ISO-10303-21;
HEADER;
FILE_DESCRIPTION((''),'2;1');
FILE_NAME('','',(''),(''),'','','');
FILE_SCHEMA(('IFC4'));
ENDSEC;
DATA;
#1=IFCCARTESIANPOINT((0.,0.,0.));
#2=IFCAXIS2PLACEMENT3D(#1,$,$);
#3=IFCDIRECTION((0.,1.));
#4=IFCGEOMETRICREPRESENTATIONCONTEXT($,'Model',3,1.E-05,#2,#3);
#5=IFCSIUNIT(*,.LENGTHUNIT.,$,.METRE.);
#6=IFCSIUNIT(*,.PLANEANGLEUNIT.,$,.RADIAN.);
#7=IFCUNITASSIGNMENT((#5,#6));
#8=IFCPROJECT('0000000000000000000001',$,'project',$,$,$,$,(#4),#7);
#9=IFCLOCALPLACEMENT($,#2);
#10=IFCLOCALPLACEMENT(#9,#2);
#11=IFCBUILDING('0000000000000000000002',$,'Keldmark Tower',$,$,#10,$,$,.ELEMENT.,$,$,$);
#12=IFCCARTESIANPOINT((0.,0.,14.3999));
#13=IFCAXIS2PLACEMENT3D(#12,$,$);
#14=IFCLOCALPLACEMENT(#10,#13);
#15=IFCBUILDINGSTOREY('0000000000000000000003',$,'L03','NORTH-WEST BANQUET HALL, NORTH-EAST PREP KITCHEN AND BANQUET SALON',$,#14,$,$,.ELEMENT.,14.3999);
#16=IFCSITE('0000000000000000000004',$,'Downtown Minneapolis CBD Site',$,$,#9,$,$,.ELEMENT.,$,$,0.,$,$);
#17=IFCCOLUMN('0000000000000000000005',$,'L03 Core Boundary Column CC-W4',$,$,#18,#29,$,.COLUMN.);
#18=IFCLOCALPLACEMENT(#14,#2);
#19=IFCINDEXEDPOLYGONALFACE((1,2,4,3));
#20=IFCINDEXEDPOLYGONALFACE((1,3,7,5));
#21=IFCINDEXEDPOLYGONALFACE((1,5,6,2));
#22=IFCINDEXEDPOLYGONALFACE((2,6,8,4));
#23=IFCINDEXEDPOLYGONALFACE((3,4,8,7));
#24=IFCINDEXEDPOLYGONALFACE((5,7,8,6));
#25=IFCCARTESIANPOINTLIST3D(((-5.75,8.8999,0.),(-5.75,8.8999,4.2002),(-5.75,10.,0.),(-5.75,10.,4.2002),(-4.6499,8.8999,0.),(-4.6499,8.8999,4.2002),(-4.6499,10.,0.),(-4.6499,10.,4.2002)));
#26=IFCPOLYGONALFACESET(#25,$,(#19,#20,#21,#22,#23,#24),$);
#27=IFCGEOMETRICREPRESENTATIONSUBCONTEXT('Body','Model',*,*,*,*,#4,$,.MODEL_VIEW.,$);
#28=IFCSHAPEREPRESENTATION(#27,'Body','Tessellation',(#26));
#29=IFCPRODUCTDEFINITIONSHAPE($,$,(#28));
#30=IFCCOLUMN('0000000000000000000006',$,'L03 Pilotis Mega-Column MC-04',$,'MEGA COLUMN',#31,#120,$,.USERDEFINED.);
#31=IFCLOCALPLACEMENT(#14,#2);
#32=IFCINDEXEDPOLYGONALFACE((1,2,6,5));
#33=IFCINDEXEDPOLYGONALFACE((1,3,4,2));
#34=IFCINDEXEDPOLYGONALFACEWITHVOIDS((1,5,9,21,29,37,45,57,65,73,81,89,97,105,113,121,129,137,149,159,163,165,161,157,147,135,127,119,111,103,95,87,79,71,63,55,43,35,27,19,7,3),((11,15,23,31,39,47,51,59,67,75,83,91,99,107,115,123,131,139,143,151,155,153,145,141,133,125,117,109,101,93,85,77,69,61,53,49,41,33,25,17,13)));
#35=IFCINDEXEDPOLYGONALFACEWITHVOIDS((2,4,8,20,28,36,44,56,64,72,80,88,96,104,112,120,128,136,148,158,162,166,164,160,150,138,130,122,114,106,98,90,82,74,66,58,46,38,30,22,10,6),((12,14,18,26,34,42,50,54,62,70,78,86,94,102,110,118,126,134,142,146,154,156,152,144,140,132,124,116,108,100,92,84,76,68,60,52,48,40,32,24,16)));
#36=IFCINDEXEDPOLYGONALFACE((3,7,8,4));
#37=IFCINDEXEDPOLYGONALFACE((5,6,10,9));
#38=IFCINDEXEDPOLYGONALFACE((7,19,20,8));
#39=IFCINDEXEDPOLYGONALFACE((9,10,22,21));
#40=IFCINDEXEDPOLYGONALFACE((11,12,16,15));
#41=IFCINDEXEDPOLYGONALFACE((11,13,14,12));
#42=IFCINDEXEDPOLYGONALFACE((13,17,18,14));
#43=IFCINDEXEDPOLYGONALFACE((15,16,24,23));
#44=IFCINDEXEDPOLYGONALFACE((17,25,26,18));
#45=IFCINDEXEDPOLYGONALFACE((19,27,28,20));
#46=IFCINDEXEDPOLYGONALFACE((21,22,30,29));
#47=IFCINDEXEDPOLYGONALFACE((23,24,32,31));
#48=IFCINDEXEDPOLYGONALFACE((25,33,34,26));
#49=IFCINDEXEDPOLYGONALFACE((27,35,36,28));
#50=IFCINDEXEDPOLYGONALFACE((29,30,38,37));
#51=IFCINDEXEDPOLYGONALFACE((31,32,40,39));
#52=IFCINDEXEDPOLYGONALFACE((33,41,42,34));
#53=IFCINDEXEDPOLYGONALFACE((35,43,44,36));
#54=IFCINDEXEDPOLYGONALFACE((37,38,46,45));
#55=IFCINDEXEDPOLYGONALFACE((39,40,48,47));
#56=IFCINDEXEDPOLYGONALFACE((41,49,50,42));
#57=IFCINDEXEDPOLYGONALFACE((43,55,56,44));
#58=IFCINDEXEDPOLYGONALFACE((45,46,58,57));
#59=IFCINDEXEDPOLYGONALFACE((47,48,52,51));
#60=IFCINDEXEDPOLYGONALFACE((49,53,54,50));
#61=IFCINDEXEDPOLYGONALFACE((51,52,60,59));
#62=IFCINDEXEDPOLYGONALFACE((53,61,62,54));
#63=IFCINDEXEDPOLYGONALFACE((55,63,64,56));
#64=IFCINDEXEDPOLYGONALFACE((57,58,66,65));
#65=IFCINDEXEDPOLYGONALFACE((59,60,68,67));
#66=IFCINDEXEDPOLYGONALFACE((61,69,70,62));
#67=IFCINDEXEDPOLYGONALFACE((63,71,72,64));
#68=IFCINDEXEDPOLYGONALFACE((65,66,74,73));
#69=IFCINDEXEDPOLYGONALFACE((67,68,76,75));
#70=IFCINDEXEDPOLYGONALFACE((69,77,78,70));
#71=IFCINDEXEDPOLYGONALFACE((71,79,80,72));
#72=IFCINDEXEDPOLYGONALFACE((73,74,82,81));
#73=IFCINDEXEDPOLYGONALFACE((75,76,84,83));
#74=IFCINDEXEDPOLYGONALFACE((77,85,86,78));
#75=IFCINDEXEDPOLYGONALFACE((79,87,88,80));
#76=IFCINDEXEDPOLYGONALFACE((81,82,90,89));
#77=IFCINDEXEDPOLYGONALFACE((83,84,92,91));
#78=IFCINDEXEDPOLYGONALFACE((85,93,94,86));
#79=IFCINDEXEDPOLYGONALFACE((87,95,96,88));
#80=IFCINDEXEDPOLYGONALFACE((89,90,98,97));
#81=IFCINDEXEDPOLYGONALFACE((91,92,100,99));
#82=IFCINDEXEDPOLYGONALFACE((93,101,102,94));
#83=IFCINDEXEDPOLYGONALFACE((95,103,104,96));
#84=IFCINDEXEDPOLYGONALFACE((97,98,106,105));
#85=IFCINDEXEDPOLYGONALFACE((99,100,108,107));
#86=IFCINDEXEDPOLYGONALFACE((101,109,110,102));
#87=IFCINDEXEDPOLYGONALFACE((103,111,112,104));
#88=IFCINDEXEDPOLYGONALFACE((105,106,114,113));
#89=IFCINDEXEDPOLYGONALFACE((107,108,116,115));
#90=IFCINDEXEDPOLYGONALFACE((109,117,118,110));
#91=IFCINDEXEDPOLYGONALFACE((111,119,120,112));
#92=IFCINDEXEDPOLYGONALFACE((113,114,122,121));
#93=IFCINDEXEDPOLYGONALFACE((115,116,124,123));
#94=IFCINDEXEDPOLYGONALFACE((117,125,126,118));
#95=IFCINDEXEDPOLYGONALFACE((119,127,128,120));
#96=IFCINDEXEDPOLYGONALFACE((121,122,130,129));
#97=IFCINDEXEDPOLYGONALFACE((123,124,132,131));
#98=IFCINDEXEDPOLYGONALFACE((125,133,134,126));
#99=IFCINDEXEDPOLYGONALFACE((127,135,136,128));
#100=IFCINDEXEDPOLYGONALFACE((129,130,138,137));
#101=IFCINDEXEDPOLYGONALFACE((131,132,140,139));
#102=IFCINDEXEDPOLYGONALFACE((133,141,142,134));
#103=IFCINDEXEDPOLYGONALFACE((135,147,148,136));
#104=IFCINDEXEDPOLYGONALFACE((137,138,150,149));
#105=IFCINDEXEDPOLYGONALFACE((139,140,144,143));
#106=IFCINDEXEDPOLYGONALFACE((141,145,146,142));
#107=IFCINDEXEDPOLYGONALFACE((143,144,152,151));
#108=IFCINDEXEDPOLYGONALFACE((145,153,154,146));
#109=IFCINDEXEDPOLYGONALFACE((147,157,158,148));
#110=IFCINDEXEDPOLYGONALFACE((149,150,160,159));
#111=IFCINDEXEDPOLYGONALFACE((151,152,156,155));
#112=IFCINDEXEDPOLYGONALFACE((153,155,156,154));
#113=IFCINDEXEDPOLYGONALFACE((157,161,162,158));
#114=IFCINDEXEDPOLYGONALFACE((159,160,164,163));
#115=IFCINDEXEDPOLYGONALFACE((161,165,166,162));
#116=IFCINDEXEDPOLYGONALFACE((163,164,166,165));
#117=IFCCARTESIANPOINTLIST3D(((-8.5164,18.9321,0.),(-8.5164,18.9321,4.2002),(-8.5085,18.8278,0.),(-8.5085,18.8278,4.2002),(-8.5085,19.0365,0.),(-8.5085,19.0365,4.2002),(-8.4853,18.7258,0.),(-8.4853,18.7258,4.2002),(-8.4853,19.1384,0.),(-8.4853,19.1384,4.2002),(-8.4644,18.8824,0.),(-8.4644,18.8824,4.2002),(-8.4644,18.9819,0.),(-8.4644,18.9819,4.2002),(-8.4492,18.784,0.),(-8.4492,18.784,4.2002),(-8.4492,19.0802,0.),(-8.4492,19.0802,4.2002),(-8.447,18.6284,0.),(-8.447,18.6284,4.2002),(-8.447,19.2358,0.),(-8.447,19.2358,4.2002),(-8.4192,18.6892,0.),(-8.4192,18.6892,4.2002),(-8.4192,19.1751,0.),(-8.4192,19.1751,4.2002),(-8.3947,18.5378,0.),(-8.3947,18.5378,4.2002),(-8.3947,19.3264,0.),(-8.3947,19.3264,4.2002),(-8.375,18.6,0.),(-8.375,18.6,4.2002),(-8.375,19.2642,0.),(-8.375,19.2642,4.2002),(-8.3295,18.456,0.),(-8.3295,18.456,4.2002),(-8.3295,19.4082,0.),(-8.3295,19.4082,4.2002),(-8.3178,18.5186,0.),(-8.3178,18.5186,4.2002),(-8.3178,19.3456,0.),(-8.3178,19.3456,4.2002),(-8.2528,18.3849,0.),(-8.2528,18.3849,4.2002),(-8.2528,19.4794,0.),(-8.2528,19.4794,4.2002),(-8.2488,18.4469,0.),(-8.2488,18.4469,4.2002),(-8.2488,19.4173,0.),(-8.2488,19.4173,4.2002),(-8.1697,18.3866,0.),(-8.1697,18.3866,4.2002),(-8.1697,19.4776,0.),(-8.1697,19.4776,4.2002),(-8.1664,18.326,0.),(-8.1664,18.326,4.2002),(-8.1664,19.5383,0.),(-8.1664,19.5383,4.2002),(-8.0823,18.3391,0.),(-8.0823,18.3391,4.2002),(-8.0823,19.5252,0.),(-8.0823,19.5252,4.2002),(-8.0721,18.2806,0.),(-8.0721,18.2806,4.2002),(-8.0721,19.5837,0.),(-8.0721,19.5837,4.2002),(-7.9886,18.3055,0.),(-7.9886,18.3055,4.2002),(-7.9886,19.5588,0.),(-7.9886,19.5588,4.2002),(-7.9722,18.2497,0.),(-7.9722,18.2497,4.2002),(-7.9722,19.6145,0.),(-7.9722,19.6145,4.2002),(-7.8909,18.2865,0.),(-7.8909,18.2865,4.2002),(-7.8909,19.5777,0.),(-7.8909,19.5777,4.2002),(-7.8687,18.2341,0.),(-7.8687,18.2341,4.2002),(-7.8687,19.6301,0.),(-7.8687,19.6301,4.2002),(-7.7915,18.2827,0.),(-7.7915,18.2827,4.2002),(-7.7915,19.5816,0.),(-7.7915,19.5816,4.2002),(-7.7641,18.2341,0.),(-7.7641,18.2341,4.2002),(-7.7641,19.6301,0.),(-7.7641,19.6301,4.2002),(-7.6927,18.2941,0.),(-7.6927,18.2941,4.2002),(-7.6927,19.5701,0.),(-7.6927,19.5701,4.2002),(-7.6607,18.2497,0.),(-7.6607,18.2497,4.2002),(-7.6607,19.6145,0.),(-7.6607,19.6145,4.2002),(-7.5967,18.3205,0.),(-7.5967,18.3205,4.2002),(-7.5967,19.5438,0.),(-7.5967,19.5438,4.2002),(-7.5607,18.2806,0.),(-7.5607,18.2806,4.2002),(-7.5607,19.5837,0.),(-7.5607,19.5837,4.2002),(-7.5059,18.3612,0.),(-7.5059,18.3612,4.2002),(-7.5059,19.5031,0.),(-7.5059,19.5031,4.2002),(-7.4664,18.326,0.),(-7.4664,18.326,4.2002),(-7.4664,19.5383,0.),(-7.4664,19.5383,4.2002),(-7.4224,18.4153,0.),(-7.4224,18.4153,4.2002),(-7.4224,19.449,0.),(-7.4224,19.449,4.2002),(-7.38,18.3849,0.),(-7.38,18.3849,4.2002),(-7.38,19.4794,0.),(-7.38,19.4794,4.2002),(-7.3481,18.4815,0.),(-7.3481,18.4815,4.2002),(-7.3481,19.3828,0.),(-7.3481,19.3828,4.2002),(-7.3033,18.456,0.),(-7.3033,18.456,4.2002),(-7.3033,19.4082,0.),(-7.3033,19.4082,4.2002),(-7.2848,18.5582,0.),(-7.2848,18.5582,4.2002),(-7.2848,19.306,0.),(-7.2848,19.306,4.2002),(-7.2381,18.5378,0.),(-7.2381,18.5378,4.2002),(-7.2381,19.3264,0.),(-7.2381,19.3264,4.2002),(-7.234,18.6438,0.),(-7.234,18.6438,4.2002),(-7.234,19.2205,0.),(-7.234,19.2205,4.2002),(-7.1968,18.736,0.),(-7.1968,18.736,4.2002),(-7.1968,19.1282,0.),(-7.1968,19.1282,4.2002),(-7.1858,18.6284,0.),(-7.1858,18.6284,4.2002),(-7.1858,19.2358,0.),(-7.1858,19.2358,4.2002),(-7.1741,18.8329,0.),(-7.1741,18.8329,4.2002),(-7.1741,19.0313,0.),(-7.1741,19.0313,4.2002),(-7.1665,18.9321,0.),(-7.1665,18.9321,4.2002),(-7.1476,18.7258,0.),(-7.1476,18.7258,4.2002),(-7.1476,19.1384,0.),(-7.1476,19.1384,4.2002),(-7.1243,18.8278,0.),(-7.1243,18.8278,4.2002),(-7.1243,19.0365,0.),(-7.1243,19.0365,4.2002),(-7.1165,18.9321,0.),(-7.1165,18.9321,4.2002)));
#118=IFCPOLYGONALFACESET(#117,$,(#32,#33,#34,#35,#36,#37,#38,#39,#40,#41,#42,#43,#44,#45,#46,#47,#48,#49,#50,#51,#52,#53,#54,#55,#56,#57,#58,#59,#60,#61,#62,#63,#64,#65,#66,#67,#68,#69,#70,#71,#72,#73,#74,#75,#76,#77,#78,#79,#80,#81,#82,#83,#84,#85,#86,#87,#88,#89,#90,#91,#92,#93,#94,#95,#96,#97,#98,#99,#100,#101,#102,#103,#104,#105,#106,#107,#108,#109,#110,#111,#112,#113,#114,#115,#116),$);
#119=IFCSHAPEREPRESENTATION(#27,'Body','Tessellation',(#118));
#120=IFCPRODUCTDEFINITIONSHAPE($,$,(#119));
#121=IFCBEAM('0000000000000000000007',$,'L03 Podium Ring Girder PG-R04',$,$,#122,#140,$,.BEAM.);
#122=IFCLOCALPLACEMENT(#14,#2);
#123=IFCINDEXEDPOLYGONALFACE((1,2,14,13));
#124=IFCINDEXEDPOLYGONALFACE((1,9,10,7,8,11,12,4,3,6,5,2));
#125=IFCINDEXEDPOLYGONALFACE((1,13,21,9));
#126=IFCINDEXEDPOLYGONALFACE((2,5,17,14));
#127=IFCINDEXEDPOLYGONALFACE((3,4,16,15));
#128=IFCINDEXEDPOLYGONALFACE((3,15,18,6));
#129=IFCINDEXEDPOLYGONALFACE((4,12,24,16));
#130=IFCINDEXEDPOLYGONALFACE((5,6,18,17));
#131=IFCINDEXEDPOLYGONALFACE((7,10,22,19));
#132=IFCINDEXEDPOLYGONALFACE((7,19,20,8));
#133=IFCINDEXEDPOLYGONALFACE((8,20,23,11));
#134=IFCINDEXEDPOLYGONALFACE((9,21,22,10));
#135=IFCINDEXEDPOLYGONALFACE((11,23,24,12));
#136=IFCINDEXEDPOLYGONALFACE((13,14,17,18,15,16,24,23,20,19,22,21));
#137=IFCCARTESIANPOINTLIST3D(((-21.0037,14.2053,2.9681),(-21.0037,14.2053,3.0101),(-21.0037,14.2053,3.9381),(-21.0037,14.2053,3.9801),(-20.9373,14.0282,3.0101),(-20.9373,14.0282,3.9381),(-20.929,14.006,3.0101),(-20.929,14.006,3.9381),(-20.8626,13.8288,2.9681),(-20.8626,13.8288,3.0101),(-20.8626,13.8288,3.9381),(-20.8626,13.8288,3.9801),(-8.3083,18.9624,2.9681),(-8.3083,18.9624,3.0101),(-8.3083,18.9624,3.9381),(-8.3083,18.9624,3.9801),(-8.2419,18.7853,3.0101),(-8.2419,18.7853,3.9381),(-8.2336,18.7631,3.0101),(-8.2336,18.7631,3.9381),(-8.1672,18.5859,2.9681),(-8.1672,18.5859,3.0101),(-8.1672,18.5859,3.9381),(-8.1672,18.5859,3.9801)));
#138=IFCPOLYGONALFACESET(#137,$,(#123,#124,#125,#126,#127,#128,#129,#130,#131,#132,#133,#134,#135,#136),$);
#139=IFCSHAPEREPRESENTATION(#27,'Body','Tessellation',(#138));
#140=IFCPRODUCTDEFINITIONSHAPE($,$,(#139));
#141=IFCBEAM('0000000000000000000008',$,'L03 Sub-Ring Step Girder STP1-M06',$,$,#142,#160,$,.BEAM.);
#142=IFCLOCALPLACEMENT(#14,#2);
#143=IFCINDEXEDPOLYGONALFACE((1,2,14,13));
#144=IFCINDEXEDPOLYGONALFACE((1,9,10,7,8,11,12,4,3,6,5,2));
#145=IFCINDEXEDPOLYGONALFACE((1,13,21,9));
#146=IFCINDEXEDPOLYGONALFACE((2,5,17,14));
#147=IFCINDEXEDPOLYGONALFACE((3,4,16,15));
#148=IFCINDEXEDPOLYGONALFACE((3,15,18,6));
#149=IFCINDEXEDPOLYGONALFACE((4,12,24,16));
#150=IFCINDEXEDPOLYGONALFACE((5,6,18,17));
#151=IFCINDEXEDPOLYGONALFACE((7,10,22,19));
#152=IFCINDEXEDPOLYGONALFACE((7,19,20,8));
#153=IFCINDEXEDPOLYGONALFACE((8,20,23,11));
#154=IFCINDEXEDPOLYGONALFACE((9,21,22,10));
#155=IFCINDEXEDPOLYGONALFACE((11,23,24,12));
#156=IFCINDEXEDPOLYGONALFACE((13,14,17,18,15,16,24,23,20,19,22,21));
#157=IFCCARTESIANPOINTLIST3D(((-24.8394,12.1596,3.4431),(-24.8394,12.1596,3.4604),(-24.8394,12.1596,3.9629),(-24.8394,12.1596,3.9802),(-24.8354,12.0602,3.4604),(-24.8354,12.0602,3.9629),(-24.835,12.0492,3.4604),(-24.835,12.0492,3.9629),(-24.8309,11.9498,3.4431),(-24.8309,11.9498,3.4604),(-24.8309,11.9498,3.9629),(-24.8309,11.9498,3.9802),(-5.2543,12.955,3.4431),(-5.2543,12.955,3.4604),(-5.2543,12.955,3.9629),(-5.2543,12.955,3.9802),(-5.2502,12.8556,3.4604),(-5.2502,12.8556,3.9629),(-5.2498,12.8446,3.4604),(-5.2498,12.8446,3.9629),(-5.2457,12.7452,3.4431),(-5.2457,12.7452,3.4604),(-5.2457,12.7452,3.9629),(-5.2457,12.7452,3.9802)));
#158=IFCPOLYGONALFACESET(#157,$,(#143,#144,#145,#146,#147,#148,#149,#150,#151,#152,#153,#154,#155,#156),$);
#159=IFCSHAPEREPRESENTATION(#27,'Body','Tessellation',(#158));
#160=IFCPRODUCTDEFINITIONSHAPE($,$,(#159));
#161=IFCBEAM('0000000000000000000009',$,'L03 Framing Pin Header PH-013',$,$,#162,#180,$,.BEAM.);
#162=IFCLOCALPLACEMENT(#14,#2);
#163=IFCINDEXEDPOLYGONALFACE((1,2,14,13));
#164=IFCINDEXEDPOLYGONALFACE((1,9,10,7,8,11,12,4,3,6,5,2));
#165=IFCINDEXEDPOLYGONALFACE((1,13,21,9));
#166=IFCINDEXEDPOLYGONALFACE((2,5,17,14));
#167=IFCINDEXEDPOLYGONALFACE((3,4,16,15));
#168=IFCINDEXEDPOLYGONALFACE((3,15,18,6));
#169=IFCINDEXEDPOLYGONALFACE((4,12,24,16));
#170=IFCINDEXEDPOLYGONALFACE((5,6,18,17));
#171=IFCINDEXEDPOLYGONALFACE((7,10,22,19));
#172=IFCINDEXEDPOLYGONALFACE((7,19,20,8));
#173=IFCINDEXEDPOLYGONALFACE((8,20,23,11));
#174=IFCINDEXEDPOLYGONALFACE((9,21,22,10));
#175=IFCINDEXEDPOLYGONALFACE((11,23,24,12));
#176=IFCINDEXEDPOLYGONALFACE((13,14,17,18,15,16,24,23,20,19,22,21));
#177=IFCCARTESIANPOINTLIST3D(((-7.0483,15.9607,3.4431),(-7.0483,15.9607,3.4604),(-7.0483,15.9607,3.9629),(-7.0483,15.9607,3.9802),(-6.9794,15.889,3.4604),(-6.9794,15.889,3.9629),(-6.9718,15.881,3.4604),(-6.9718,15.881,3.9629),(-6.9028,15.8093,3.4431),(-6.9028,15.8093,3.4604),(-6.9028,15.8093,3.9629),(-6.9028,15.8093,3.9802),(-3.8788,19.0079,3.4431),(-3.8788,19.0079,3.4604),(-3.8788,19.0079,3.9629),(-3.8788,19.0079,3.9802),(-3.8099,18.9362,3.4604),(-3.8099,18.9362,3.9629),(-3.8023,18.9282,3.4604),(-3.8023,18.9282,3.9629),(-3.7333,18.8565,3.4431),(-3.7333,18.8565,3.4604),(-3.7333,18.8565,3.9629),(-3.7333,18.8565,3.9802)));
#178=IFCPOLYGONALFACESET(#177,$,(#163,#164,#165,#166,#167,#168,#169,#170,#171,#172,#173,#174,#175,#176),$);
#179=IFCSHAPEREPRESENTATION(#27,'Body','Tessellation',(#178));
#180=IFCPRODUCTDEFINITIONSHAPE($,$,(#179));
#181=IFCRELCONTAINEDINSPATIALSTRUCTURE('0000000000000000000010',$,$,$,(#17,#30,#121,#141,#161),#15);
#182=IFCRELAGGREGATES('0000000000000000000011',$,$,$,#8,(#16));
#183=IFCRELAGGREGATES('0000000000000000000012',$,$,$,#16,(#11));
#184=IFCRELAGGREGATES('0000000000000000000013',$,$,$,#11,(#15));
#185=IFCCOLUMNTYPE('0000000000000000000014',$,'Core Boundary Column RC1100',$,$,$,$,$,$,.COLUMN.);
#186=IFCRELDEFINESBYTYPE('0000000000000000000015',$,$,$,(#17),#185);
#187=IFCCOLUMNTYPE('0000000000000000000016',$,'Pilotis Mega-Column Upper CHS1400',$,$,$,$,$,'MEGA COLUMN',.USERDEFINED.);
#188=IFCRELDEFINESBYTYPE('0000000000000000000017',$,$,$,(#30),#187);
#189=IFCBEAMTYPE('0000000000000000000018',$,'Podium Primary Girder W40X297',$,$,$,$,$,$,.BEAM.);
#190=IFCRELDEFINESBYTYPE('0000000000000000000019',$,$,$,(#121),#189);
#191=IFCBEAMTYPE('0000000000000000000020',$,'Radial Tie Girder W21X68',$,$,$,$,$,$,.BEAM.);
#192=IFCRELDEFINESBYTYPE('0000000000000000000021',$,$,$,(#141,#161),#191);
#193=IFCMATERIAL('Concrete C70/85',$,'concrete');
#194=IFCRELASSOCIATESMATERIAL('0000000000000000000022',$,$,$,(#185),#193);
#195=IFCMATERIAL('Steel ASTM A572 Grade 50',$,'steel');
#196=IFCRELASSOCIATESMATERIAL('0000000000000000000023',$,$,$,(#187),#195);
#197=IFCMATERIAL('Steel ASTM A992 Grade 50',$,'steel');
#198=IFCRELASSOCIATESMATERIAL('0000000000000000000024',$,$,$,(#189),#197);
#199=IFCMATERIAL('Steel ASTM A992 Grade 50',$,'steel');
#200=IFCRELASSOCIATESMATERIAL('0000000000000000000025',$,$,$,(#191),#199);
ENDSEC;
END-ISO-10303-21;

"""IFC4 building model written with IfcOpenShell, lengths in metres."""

from ifc_helpers import new_model, si_unit, direction, frame, origin, origin_2d, place, context, subcontext, project, spatial, rectangle, hollow_circle, i_section, extrude, material, material_profile, profile_set, type_object, element, save


model = new_model("IFC4")

# Units and contexts
model_context = context("Model", 3, precision=1e-05, world=origin(), true_north=direction((0.0, 1.0)))
body_context = subcontext(model_context, "Body", "Model", "MODEL_VIEW")
ifc_project = project(units=[si_unit("LENGTHUNIT", "METRE"), si_unit("PLANEANGLEUNIT", "RADIAN")], contexts=[model_context])

# Site, building, storey
site_placement = place(None, origin())
site = spatial("IfcSite", under=ifc_project, at=site_placement, Name="Downtown Minneapolis CBD Site", CompositionType="ELEMENT", RefElevation=0.0)
building_placement = place(site_placement, origin())
building = spatial("IfcBuilding", under=site, at=building_placement, Name="Keldmark Tower", CompositionType="ELEMENT")
storey_placement = place(building_placement, frame((0.0, 0.0, 14.3999)))
storey = spatial("IfcBuildingStorey", under=building, at=storey_placement, Name="L03", Description="NORTH-WEST BANQUET HALL, NORTH-EAST PREP KITCHEN AND BANQUET SALON", CompositionType="ELEMENT", Elevation=14.3999)

# Columns
ifc_material_1 = material(Name="Concrete C70/85", Category="concrete")
ifc_material_profile_1 = material_profile(ifc_material_1, rectangle(XDim=1.1001, YDim=1.1001, at=origin_2d()), Name="RC1100X1100")
ifc_profile_set_1 = profile_set([ifc_material_profile_1], Name="Concrete C70/85")
column_type_1 = type_object("IfcColumnType", Name="Core Boundary Column RC1100", PredefinedType="COLUMN", material=ifc_profile_set_1)
column_1_placement = place(storey_placement, frame((-5.2, 9.45, 0.0), z_axis=(0.0, 0.0, 1.0), x_axis=(1.0, 0.0, 0.0)))
element("IfcColumn", 1, at=column_1_placement, inside=storey, type_object=column_type_1, Name="L03 Core Boundary Column CC-W4", PredefinedType="COLUMN", context=body_context, shape_type="SweptSolid", body=[
    extrude(rectangle(XDim=1.1001, YDim=1.1001, at=origin_2d()), origin(), (0.0, 0.0, 1.0), 4.2002),
])
ifc_material_2 = material(Name="Steel ASTM A572 Grade 50", Category="steel")
ifc_material_profile_2 = material_profile(ifc_material_2, hollow_circle(Radius=0.7, WallThickness=0.05, at=origin_2d()), Name="CHS1400X50")
ifc_profile_set_2 = profile_set([ifc_material_profile_2], Name="Steel ASTM A572 Grade 50")
column_type_2 = type_object("IfcColumnType", Name="Pilotis Mega-Column Upper CHS1400", ElementType="MEGA COLUMN", PredefinedType="USERDEFINED", material=ifc_profile_set_2)
column_2_placement = place(storey_placement, frame((-7.8164, 18.9321, 0.0), z_axis=(0.0, 0.0, 1.0), x_axis=(1.0, 0.0, 0.0)))
element("IfcColumn", 2, at=column_2_placement, inside=storey, type_object=column_type_2, Name="L03 Pilotis Mega-Column MC-04", ObjectType="MEGA COLUMN", PredefinedType="USERDEFINED", context=body_context, shape_type="SweptSolid", body=[
    extrude(hollow_circle(Radius=0.7, WallThickness=0.05, at=origin_2d()), origin(), (0.0, 0.0, 1.0), 4.2002),
])

# Beams
ifc_material_3 = material(Name="Steel ASTM A992 Grade 50", Category="steel")
ifc_material_profile_3 = material_profile(ifc_material_3, i_section(OverallWidth=0.4021, OverallDepth=1.012, WebThickness=0.0237, FlangeThickness=0.042, at=origin_2d()), Name="W40X297")
ifc_profile_set_3 = profile_set([ifc_material_profile_3], Name="Steel ASTM A992 Grade 50")
beam_type_1 = type_object("IfcBeamType", Name="Podium Primary Girder W40X297", PredefinedType="BEAM", material=ifc_profile_set_3)
beam_1_placement = place(storey_placement, frame((-8.2378, 18.7742, 3.4741), z_axis=(-0.936418, -0.350887, 0.0), x_axis=(0.350887, -0.936418, 0.0)))
element("IfcBeam", 3, at=beam_1_placement, inside=storey, type_object=beam_type_1, Name="L03 Podium Ring Girder PG-R04", PredefinedType="BEAM", context=body_context, shape_type="SweptSolid", body=[
    extrude(i_section(OverallWidth=0.4021, OverallDepth=1.012, WebThickness=0.0237, FlangeThickness=0.042, at=origin_2d()), origin(), (0.0, 0.0, 1.0), 13.5574),
])
ifc_material_4 = material(Name="Steel ASTM A992 Grade 50", Category="steel")
ifc_material_profile_4 = material_profile(ifc_material_4, i_section(OverallWidth=0.21, OverallDepth=0.5371, WebThickness=0.011, FlangeThickness=0.0173, at=origin_2d()), Name="W21X68")
ifc_profile_set_4 = profile_set([ifc_material_profile_4], Name="Steel ASTM A992 Grade 50")
beam_type_2 = type_object("IfcBeamType", Name="Radial Tie Girder W21X68", PredefinedType="BEAM", material=ifc_profile_set_4)
beam_2_placement = place(storey_placement, frame((-5.25, 12.8501, 3.7117), z_axis=(-0.999176, -0.040579, 0.0), x_axis=(0.040579, -0.999176, 0.0)))
element("IfcBeam", 4, at=beam_2_placement, inside=storey, type_object=beam_type_2, Name="L03 Sub-Ring Step Girder STP1-M06", PredefinedType="BEAM", context=body_context, shape_type="SweptSolid", body=[
    extrude(i_section(OverallWidth=0.21, OverallDepth=0.5371, WebThickness=0.011, FlangeThickness=0.0173, at=origin_2d()), origin(), (0.0, 0.0, 1.0), 19.6013),
])
beam_3_placement = place(storey_placement, frame((-6.9756, 15.885, 3.7117), z_axis=(0.72088, 0.69306, 0.0), x_axis=(-0.69306, 0.72088, 0.0)))
element("IfcBeam", 5, at=beam_3_placement, inside=storey, type_object=beam_type_2, Name="L03 Framing Pin Header PH-013", PredefinedType="BEAM", context=body_context, shape_type="SweptSolid", body=[
    extrude(i_section(OverallWidth=0.21, OverallDepth=0.5371, WebThickness=0.011, FlangeThickness=0.0173, at=origin_2d()), origin(), (0.0, 0.0, 1.0), 4.3967),
])

save(model, "model.ifc")
